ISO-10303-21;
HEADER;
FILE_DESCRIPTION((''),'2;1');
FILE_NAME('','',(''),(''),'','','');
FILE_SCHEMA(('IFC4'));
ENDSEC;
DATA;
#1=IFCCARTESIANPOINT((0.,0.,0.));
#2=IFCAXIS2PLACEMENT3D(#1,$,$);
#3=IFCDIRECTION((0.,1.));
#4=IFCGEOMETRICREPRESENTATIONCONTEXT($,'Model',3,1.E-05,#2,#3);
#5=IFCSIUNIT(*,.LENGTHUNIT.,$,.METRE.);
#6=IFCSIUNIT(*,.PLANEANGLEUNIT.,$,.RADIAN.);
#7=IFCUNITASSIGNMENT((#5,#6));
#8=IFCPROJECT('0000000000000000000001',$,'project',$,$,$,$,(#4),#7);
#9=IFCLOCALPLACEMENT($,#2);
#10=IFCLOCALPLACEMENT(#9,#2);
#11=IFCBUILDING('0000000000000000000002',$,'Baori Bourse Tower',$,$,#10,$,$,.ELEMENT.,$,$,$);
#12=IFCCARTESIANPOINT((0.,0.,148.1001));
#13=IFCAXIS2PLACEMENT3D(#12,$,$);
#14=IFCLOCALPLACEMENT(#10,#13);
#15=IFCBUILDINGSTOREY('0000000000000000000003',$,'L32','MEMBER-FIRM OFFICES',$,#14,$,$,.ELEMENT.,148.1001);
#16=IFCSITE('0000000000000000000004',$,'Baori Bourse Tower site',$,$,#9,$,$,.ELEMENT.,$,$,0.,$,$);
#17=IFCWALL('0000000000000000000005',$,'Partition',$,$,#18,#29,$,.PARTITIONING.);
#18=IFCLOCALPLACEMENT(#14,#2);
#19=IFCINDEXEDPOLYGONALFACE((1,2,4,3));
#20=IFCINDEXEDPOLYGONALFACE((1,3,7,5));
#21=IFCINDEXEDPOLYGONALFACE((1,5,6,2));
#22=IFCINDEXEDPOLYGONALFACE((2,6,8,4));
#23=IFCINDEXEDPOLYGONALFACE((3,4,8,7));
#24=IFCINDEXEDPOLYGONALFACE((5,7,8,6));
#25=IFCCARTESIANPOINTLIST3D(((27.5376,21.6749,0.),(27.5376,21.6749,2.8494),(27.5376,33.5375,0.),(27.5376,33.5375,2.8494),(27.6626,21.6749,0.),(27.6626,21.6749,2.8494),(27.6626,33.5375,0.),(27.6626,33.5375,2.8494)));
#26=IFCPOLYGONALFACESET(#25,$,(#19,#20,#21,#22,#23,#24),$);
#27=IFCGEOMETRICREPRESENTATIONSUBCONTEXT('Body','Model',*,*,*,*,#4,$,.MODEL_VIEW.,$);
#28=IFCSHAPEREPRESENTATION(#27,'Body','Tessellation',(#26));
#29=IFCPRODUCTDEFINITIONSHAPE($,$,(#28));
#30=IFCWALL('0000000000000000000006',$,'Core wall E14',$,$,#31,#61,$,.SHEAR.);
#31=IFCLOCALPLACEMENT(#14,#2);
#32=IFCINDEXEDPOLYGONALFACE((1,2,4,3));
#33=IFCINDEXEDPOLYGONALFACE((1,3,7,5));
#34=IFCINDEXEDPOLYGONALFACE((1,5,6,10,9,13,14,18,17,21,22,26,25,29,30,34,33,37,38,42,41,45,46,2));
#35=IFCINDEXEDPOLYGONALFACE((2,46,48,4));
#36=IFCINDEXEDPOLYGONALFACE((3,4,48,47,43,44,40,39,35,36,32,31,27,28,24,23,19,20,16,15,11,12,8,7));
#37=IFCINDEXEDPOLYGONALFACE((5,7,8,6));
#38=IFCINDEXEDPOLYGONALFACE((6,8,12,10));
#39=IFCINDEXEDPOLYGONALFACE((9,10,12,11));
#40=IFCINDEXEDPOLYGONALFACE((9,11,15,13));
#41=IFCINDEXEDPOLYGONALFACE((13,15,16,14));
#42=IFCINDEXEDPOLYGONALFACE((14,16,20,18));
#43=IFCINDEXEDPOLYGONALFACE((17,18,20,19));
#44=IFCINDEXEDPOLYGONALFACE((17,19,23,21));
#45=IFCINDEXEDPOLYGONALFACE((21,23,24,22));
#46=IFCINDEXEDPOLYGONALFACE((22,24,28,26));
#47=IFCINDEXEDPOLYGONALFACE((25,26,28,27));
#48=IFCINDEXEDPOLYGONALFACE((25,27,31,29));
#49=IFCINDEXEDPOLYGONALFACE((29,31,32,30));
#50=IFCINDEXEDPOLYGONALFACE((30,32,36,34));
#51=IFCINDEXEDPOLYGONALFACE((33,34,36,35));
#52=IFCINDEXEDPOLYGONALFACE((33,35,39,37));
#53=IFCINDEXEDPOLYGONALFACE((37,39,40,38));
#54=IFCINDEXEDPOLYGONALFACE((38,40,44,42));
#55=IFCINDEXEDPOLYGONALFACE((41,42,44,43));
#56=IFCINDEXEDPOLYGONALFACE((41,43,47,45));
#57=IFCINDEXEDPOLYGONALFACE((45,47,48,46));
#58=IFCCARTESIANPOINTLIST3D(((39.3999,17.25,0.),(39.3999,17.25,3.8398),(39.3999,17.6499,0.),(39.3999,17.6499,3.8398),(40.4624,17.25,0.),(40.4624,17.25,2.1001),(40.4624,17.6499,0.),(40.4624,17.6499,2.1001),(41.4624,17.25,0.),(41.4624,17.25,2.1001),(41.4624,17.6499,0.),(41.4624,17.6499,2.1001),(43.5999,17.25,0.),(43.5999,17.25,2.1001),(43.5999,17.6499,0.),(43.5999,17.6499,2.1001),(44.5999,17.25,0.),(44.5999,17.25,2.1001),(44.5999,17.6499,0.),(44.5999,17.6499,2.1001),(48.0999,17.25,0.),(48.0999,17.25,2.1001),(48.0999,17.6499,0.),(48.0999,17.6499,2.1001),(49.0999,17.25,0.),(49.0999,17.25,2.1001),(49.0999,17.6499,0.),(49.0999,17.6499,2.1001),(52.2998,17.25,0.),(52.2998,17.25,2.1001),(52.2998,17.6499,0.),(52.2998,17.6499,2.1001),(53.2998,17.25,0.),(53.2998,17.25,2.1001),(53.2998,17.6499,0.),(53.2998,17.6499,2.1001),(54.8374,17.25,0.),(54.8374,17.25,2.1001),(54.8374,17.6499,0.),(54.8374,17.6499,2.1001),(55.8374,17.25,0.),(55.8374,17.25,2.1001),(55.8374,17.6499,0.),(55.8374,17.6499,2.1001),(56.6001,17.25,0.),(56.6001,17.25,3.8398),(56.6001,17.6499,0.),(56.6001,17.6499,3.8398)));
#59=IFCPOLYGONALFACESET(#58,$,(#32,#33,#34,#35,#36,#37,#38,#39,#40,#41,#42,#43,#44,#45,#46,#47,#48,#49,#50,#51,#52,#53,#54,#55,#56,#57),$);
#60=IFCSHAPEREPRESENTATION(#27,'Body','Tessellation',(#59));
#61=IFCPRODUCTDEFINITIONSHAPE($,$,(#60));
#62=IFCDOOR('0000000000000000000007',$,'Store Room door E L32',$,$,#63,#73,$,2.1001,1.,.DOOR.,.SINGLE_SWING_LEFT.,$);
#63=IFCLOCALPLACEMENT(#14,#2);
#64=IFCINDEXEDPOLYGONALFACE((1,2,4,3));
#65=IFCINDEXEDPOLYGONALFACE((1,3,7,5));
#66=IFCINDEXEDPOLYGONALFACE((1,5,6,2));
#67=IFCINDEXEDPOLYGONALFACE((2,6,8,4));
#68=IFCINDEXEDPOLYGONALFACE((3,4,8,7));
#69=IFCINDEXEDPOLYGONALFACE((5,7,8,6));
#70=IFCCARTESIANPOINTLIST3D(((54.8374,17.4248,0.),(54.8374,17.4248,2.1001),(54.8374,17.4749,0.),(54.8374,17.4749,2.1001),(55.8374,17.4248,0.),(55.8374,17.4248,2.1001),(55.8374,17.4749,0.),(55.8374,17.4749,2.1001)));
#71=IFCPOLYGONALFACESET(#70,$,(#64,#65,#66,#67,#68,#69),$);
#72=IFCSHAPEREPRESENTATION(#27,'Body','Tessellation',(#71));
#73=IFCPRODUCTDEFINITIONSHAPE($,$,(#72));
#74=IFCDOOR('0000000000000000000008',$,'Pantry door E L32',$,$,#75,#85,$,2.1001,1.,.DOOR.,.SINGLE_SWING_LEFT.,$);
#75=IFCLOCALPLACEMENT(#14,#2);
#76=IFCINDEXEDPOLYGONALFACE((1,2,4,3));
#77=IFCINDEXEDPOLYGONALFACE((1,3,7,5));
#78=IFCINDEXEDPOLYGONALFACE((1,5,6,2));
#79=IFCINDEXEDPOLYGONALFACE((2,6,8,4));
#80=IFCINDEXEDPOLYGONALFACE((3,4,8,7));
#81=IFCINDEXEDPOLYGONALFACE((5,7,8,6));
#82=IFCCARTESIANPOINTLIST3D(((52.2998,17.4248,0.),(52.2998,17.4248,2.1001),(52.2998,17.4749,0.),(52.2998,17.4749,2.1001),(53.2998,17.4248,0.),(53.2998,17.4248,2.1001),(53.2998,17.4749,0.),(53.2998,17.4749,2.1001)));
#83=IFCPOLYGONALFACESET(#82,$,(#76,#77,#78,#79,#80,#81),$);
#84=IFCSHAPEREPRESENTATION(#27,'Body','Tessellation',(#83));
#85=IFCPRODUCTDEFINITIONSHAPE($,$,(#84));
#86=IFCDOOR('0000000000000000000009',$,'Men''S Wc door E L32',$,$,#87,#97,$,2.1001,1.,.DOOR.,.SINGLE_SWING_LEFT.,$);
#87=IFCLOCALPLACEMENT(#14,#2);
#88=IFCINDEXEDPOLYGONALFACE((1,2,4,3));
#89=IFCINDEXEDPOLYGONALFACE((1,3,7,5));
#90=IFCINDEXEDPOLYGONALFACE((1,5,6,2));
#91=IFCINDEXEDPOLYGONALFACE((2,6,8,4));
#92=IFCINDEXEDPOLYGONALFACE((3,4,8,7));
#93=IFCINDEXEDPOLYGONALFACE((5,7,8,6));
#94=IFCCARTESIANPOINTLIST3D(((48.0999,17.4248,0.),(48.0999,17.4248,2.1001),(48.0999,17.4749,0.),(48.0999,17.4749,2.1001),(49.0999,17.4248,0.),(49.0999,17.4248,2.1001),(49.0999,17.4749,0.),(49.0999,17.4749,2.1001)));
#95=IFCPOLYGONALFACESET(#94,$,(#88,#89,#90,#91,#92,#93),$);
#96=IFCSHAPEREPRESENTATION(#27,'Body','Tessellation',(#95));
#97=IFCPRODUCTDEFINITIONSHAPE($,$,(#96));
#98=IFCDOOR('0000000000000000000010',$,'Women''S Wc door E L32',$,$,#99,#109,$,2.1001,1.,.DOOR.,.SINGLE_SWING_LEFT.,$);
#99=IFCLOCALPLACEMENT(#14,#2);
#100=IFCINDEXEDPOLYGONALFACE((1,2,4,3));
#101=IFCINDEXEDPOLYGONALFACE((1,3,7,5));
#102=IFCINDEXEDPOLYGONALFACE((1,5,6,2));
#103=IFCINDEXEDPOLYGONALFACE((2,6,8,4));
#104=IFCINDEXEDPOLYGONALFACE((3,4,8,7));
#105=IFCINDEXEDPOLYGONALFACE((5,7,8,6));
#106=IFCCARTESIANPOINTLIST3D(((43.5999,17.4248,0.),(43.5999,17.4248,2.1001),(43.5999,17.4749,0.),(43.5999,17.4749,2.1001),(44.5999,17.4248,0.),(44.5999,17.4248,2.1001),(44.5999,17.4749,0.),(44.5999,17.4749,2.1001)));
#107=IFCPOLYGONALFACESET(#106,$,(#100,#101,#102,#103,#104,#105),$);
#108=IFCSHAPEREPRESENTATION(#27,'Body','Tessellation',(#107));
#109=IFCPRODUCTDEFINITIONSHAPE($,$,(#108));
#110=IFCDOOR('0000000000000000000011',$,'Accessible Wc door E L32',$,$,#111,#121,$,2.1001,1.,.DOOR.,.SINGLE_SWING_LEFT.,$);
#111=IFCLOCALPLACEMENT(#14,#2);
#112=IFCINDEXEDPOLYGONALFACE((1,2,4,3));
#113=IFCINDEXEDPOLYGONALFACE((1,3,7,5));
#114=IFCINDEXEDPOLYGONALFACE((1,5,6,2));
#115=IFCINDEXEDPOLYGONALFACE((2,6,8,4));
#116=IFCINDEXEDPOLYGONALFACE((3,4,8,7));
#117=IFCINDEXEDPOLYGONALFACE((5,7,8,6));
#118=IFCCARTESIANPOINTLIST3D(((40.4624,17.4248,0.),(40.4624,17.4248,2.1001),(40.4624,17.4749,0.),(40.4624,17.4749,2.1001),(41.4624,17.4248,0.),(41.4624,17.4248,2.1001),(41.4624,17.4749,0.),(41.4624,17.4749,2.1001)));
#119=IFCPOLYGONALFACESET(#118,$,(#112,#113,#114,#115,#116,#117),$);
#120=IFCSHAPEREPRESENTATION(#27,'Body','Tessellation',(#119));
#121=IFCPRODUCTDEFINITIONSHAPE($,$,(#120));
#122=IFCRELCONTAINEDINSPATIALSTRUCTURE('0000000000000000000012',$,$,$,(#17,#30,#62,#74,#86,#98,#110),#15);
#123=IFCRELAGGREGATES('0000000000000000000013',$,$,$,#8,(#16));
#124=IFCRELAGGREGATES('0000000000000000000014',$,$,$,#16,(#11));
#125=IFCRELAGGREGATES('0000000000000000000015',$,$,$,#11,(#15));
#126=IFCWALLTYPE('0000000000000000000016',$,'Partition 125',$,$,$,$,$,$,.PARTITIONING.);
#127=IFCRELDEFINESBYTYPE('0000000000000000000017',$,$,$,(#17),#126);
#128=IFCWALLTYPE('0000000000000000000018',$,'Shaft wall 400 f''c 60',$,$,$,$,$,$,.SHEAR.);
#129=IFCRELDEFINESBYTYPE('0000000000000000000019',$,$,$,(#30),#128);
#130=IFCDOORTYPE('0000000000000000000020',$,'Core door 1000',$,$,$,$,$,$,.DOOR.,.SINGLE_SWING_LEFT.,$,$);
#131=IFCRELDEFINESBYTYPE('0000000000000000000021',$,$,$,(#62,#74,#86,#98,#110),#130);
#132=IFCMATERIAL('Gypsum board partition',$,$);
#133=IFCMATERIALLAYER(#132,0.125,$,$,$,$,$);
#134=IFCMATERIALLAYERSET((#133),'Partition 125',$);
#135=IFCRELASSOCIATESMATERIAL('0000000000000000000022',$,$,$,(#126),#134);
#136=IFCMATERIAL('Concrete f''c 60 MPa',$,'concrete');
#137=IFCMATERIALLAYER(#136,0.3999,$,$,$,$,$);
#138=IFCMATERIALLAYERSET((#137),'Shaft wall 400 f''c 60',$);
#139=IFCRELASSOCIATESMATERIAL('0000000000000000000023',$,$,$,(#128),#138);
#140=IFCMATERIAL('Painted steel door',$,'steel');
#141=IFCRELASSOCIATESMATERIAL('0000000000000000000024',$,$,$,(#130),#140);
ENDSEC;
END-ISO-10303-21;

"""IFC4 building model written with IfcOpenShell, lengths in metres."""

from ifc_helpers import new_model, si_unit, direction, frame, frame_2d, origin, place, context, subcontext, project, spatial, rectangle, extrude, material, layer, layer_set, type_object, element, fill, save


model = new_model("IFC4")

# Units and contexts
model_context = context("Model", 3, precision=1e-05, world=origin(), true_north=direction((0.0, 1.0)))
body_context = subcontext(model_context, "Body", "Model", "MODEL_VIEW")
ifc_project = project(units=[si_unit("LENGTHUNIT", "METRE"), si_unit("PLANEANGLEUNIT", "RADIAN")], contexts=[model_context])

# Site, building, storey
site_placement = place(None, origin())
site = spatial("IfcSite", under=ifc_project, at=site_placement, Name="Baori Bourse Tower site", CompositionType="ELEMENT", RefElevation=0.0)
building_placement = place(site_placement, origin())
building = spatial("IfcBuilding", under=site, at=building_placement, Name="Baori Bourse Tower", CompositionType="ELEMENT")
storey_placement = place(building_placement, frame((0.0, 0.0, 148.1001)))
storey = spatial("IfcBuildingStorey", under=building, at=storey_placement, Name="L32", Description="MEMBER-FIRM OFFICES", CompositionType="ELEMENT", Elevation=148.1001)

# Wall
ifc_material_1 = material(Name="Gypsum board partition")
ifc_layer_1 = layer(ifc_material_1, 0.125)
ifc_layer_set_1 = layer_set([ifc_layer_1], Name="Partition 125")
wall_type_1 = type_object("IfcWallType", Name="Partition 125", PredefinedType="PARTITIONING", material=ifc_layer_set_1)
wall_1_placement = place(storey_placement, frame((27.6001, 21.675, 0.0), z_axis=(0.0, 0.0, 1.0), x_axis=(0.0, 1.0, 0.0)))
element("IfcWall", 1, at=wall_1_placement, inside=storey, type_object=wall_type_1, Name="Partition", PredefinedType="PARTITIONING", context=body_context, shape_type="SweptSolid", body=[
    extrude(rectangle(XDim=11.8625, YDim=0.125, at=frame_2d((5.9312, 0.0))), origin(), (0.0, 0.0, 1.0), 2.8494),
])

# Wall, openings, doors
ifc_material_2 = material(Name="Concrete f'c 60 MPa", Category="concrete")
ifc_layer_2 = layer(ifc_material_2, 0.3999)
ifc_layer_set_2 = layer_set([ifc_layer_2], Name="Shaft wall 400 f'c 60")
wall_type_2 = type_object("IfcWallType", Name="Shaft wall 400 f'c 60", PredefinedType="SHEAR", material=ifc_layer_set_2)
wall_2_placement = place(storey_placement, frame((39.3999, 17.45, 0.0), z_axis=(0.0, 0.0, 1.0), x_axis=(1.0, 0.0, 0.0)))
wall_2 = element("IfcWall", 2, at=wall_2_placement, inside=storey, type_object=wall_type_2, Name="Core wall E14", PredefinedType="SHEAR", context=body_context, shape_type="SweptSolid", body=[
    extrude(rectangle(XDim=17.2002, YDim=0.3999, at=frame_2d((8.6001, 0.0))), origin(), (0.0, 0.0, 1.0), 3.8398),
])
opening_1_placement = place(wall_2_placement, frame((15.4375, 0.0, 0.0)))
opening_1 = element("IfcOpeningElement", 3, at=opening_1_placement, cuts=wall_2, PredefinedType="OPENING", context=body_context, shape_type="SweptSolid", body=[
    extrude(rectangle(XDim=1.0, YDim=2.1001, at=frame_2d((0.5, 1.05))), frame((0.0, 0.21, 0.0), z_axis=(0.0, -1.0, 0.0), x_axis=(1.0, 0.0, 0.0)), (0.0, 0.0, 1.0), 0.4199),
])
opening_2_placement = place(wall_2_placement, frame((12.8999, 0.0, 0.0)))
opening_2 = element("IfcOpeningElement", 4, at=opening_2_placement, cuts=wall_2, PredefinedType="OPENING", context=body_context, shape_type="SweptSolid", body=[
    extrude(rectangle(XDim=1.0, YDim=2.1001, at=frame_2d((0.5, 1.05))), frame((0.0, 0.21, 0.0), z_axis=(0.0, -1.0, 0.0), x_axis=(1.0, 0.0, 0.0)), (0.0, 0.0, 1.0), 0.4199),
])
opening_3_placement = place(wall_2_placement, frame((8.7, 0.0, 0.0)))
opening_3 = element("IfcOpeningElement", 5, at=opening_3_placement, cuts=wall_2, PredefinedType="OPENING", context=body_context, shape_type="SweptSolid", body=[
    extrude(rectangle(XDim=1.0, YDim=2.1001, at=frame_2d((0.5, 1.05))), frame((0.0, 0.21, 0.0), z_axis=(0.0, -1.0, 0.0), x_axis=(1.0, 0.0, 0.0)), (0.0, 0.0, 1.0), 0.4199),
])
opening_4_placement = place(wall_2_placement, frame((4.2, 0.0, 0.0)))
opening_4 = element("IfcOpeningElement", 6, at=opening_4_placement, cuts=wall_2, PredefinedType="OPENING", context=body_context, shape_type="SweptSolid", body=[
    extrude(rectangle(XDim=1.0, YDim=2.1001, at=frame_2d((0.5, 1.05))), frame((0.0, 0.21, 0.0), z_axis=(0.0, -1.0, 0.0), x_axis=(1.0, 0.0, 0.0)), (0.0, 0.0, 1.0), 0.4199),
])
opening_5_placement = place(wall_2_placement, frame((1.0625, 0.0, 0.0)))
opening_5 = element("IfcOpeningElement", 7, at=opening_5_placement, cuts=wall_2, PredefinedType="OPENING", context=body_context, shape_type="SweptSolid", body=[
    extrude(rectangle(XDim=1.0, YDim=2.1001, at=frame_2d((0.5, 1.05))), frame((0.0, 0.21, 0.0), z_axis=(0.0, -1.0, 0.0), x_axis=(1.0, 0.0, 0.0)), (0.0, 0.0, 1.0), 0.4199),
])
ifc_material_3 = material(Name="Painted steel door", Category="steel")
door_type_1 = type_object("IfcDoorType", Name="Core door 1000", OperationType="SINGLE_SWING_LEFT", PredefinedType="DOOR", material=ifc_material_3)
door_1_placement = place(opening_1_placement, origin())
door_1 = element("IfcDoor", 8, at=door_1_placement, inside=storey, type_object=door_type_1, Name="Store Room door E L32", OperationType="SINGLE_SWING_LEFT", OverallHeight=2.1001, OverallWidth=1.0, PredefinedType="DOOR", context=body_context, shape_type="SweptSolid", body=[
    extrude(rectangle(XDim=1.0, YDim=2.1001, at=frame_2d((0.5, 1.05))), frame((0.0, 0.0249, 0.0), z_axis=(0.0, -1.0, 0.0), x_axis=(1.0, 0.0, 0.0)), (0.0, 0.0, 1.0), 0.05),
])
fill(opening_1, door_1)
door_2_placement = place(opening_2_placement, origin())
door_2 = element("IfcDoor", 9, at=door_2_placement, inside=storey, type_object=door_type_1, Name="Pantry door E L32", OperationType="SINGLE_SWING_LEFT", OverallHeight=2.1001, OverallWidth=1.0, PredefinedType="DOOR", context=body_context, shape_type="SweptSolid", body=[
    extrude(rectangle(XDim=1.0, YDim=2.1001, at=frame_2d((0.5, 1.05))), frame((0.0, 0.0249, 0.0), z_axis=(0.0, -1.0, 0.0), x_axis=(1.0, 0.0, 0.0)), (0.0, 0.0, 1.0), 0.05),
])
fill(opening_2, door_2)
door_3_placement = place(opening_3_placement, origin())
door_3 = element("IfcDoor", 10, at=door_3_placement, inside=storey, type_object=door_type_1, Name="Men'S Wc door E L32", OperationType="SINGLE_SWING_LEFT", OverallHeight=2.1001, OverallWidth=1.0, PredefinedType="DOOR", context=body_context, shape_type="SweptSolid", body=[
    extrude(rectangle(XDim=1.0, YDim=2.1001, at=frame_2d((0.5, 1.05))), frame((0.0, 0.0249, 0.0), z_axis=(0.0, -1.0, 0.0), x_axis=(1.0, 0.0, 0.0)), (0.0, 0.0, 1.0), 0.05),
])
fill(opening_3, door_3)
door_4_placement = place(opening_4_placement, origin())
door_4 = element("IfcDoor", 11, at=door_4_placement, inside=storey, type_object=door_type_1, Name="Women'S Wc door E L32", OperationType="SINGLE_SWING_LEFT", OverallHeight=2.1001, OverallWidth=1.0, PredefinedType="DOOR", context=body_context, shape_type="SweptSolid", body=[
    extrude(rectangle(XDim=1.0, YDim=2.1001, at=frame_2d((0.5, 1.05))), frame((0.0, 0.0249, 0.0), z_axis=(0.0, -1.0, 0.0), x_axis=(1.0, 0.0, 0.0)), (0.0, 0.0, 1.0), 0.05),
])
fill(opening_4, door_4)
door_5_placement = place(opening_5_placement, origin())
door_5 = element("IfcDoor", 12, at=door_5_placement, inside=storey, type_object=door_type_1, Name="Accessible Wc door E L32", OperationType="SINGLE_SWING_LEFT", OverallHeight=2.1001, OverallWidth=1.0, PredefinedType="DOOR", context=body_context, shape_type="SweptSolid", body=[
    extrude(rectangle(XDim=1.0, YDim=2.1001, at=frame_2d((0.5, 1.05))), frame((0.0, 0.0249, 0.0), z_axis=(0.0, -1.0, 0.0), x_axis=(1.0, 0.0, 0.0)), (0.0, 0.0, 1.0), 0.05),
])
fill(opening_5, door_5)

save(model, "model.ifc")
